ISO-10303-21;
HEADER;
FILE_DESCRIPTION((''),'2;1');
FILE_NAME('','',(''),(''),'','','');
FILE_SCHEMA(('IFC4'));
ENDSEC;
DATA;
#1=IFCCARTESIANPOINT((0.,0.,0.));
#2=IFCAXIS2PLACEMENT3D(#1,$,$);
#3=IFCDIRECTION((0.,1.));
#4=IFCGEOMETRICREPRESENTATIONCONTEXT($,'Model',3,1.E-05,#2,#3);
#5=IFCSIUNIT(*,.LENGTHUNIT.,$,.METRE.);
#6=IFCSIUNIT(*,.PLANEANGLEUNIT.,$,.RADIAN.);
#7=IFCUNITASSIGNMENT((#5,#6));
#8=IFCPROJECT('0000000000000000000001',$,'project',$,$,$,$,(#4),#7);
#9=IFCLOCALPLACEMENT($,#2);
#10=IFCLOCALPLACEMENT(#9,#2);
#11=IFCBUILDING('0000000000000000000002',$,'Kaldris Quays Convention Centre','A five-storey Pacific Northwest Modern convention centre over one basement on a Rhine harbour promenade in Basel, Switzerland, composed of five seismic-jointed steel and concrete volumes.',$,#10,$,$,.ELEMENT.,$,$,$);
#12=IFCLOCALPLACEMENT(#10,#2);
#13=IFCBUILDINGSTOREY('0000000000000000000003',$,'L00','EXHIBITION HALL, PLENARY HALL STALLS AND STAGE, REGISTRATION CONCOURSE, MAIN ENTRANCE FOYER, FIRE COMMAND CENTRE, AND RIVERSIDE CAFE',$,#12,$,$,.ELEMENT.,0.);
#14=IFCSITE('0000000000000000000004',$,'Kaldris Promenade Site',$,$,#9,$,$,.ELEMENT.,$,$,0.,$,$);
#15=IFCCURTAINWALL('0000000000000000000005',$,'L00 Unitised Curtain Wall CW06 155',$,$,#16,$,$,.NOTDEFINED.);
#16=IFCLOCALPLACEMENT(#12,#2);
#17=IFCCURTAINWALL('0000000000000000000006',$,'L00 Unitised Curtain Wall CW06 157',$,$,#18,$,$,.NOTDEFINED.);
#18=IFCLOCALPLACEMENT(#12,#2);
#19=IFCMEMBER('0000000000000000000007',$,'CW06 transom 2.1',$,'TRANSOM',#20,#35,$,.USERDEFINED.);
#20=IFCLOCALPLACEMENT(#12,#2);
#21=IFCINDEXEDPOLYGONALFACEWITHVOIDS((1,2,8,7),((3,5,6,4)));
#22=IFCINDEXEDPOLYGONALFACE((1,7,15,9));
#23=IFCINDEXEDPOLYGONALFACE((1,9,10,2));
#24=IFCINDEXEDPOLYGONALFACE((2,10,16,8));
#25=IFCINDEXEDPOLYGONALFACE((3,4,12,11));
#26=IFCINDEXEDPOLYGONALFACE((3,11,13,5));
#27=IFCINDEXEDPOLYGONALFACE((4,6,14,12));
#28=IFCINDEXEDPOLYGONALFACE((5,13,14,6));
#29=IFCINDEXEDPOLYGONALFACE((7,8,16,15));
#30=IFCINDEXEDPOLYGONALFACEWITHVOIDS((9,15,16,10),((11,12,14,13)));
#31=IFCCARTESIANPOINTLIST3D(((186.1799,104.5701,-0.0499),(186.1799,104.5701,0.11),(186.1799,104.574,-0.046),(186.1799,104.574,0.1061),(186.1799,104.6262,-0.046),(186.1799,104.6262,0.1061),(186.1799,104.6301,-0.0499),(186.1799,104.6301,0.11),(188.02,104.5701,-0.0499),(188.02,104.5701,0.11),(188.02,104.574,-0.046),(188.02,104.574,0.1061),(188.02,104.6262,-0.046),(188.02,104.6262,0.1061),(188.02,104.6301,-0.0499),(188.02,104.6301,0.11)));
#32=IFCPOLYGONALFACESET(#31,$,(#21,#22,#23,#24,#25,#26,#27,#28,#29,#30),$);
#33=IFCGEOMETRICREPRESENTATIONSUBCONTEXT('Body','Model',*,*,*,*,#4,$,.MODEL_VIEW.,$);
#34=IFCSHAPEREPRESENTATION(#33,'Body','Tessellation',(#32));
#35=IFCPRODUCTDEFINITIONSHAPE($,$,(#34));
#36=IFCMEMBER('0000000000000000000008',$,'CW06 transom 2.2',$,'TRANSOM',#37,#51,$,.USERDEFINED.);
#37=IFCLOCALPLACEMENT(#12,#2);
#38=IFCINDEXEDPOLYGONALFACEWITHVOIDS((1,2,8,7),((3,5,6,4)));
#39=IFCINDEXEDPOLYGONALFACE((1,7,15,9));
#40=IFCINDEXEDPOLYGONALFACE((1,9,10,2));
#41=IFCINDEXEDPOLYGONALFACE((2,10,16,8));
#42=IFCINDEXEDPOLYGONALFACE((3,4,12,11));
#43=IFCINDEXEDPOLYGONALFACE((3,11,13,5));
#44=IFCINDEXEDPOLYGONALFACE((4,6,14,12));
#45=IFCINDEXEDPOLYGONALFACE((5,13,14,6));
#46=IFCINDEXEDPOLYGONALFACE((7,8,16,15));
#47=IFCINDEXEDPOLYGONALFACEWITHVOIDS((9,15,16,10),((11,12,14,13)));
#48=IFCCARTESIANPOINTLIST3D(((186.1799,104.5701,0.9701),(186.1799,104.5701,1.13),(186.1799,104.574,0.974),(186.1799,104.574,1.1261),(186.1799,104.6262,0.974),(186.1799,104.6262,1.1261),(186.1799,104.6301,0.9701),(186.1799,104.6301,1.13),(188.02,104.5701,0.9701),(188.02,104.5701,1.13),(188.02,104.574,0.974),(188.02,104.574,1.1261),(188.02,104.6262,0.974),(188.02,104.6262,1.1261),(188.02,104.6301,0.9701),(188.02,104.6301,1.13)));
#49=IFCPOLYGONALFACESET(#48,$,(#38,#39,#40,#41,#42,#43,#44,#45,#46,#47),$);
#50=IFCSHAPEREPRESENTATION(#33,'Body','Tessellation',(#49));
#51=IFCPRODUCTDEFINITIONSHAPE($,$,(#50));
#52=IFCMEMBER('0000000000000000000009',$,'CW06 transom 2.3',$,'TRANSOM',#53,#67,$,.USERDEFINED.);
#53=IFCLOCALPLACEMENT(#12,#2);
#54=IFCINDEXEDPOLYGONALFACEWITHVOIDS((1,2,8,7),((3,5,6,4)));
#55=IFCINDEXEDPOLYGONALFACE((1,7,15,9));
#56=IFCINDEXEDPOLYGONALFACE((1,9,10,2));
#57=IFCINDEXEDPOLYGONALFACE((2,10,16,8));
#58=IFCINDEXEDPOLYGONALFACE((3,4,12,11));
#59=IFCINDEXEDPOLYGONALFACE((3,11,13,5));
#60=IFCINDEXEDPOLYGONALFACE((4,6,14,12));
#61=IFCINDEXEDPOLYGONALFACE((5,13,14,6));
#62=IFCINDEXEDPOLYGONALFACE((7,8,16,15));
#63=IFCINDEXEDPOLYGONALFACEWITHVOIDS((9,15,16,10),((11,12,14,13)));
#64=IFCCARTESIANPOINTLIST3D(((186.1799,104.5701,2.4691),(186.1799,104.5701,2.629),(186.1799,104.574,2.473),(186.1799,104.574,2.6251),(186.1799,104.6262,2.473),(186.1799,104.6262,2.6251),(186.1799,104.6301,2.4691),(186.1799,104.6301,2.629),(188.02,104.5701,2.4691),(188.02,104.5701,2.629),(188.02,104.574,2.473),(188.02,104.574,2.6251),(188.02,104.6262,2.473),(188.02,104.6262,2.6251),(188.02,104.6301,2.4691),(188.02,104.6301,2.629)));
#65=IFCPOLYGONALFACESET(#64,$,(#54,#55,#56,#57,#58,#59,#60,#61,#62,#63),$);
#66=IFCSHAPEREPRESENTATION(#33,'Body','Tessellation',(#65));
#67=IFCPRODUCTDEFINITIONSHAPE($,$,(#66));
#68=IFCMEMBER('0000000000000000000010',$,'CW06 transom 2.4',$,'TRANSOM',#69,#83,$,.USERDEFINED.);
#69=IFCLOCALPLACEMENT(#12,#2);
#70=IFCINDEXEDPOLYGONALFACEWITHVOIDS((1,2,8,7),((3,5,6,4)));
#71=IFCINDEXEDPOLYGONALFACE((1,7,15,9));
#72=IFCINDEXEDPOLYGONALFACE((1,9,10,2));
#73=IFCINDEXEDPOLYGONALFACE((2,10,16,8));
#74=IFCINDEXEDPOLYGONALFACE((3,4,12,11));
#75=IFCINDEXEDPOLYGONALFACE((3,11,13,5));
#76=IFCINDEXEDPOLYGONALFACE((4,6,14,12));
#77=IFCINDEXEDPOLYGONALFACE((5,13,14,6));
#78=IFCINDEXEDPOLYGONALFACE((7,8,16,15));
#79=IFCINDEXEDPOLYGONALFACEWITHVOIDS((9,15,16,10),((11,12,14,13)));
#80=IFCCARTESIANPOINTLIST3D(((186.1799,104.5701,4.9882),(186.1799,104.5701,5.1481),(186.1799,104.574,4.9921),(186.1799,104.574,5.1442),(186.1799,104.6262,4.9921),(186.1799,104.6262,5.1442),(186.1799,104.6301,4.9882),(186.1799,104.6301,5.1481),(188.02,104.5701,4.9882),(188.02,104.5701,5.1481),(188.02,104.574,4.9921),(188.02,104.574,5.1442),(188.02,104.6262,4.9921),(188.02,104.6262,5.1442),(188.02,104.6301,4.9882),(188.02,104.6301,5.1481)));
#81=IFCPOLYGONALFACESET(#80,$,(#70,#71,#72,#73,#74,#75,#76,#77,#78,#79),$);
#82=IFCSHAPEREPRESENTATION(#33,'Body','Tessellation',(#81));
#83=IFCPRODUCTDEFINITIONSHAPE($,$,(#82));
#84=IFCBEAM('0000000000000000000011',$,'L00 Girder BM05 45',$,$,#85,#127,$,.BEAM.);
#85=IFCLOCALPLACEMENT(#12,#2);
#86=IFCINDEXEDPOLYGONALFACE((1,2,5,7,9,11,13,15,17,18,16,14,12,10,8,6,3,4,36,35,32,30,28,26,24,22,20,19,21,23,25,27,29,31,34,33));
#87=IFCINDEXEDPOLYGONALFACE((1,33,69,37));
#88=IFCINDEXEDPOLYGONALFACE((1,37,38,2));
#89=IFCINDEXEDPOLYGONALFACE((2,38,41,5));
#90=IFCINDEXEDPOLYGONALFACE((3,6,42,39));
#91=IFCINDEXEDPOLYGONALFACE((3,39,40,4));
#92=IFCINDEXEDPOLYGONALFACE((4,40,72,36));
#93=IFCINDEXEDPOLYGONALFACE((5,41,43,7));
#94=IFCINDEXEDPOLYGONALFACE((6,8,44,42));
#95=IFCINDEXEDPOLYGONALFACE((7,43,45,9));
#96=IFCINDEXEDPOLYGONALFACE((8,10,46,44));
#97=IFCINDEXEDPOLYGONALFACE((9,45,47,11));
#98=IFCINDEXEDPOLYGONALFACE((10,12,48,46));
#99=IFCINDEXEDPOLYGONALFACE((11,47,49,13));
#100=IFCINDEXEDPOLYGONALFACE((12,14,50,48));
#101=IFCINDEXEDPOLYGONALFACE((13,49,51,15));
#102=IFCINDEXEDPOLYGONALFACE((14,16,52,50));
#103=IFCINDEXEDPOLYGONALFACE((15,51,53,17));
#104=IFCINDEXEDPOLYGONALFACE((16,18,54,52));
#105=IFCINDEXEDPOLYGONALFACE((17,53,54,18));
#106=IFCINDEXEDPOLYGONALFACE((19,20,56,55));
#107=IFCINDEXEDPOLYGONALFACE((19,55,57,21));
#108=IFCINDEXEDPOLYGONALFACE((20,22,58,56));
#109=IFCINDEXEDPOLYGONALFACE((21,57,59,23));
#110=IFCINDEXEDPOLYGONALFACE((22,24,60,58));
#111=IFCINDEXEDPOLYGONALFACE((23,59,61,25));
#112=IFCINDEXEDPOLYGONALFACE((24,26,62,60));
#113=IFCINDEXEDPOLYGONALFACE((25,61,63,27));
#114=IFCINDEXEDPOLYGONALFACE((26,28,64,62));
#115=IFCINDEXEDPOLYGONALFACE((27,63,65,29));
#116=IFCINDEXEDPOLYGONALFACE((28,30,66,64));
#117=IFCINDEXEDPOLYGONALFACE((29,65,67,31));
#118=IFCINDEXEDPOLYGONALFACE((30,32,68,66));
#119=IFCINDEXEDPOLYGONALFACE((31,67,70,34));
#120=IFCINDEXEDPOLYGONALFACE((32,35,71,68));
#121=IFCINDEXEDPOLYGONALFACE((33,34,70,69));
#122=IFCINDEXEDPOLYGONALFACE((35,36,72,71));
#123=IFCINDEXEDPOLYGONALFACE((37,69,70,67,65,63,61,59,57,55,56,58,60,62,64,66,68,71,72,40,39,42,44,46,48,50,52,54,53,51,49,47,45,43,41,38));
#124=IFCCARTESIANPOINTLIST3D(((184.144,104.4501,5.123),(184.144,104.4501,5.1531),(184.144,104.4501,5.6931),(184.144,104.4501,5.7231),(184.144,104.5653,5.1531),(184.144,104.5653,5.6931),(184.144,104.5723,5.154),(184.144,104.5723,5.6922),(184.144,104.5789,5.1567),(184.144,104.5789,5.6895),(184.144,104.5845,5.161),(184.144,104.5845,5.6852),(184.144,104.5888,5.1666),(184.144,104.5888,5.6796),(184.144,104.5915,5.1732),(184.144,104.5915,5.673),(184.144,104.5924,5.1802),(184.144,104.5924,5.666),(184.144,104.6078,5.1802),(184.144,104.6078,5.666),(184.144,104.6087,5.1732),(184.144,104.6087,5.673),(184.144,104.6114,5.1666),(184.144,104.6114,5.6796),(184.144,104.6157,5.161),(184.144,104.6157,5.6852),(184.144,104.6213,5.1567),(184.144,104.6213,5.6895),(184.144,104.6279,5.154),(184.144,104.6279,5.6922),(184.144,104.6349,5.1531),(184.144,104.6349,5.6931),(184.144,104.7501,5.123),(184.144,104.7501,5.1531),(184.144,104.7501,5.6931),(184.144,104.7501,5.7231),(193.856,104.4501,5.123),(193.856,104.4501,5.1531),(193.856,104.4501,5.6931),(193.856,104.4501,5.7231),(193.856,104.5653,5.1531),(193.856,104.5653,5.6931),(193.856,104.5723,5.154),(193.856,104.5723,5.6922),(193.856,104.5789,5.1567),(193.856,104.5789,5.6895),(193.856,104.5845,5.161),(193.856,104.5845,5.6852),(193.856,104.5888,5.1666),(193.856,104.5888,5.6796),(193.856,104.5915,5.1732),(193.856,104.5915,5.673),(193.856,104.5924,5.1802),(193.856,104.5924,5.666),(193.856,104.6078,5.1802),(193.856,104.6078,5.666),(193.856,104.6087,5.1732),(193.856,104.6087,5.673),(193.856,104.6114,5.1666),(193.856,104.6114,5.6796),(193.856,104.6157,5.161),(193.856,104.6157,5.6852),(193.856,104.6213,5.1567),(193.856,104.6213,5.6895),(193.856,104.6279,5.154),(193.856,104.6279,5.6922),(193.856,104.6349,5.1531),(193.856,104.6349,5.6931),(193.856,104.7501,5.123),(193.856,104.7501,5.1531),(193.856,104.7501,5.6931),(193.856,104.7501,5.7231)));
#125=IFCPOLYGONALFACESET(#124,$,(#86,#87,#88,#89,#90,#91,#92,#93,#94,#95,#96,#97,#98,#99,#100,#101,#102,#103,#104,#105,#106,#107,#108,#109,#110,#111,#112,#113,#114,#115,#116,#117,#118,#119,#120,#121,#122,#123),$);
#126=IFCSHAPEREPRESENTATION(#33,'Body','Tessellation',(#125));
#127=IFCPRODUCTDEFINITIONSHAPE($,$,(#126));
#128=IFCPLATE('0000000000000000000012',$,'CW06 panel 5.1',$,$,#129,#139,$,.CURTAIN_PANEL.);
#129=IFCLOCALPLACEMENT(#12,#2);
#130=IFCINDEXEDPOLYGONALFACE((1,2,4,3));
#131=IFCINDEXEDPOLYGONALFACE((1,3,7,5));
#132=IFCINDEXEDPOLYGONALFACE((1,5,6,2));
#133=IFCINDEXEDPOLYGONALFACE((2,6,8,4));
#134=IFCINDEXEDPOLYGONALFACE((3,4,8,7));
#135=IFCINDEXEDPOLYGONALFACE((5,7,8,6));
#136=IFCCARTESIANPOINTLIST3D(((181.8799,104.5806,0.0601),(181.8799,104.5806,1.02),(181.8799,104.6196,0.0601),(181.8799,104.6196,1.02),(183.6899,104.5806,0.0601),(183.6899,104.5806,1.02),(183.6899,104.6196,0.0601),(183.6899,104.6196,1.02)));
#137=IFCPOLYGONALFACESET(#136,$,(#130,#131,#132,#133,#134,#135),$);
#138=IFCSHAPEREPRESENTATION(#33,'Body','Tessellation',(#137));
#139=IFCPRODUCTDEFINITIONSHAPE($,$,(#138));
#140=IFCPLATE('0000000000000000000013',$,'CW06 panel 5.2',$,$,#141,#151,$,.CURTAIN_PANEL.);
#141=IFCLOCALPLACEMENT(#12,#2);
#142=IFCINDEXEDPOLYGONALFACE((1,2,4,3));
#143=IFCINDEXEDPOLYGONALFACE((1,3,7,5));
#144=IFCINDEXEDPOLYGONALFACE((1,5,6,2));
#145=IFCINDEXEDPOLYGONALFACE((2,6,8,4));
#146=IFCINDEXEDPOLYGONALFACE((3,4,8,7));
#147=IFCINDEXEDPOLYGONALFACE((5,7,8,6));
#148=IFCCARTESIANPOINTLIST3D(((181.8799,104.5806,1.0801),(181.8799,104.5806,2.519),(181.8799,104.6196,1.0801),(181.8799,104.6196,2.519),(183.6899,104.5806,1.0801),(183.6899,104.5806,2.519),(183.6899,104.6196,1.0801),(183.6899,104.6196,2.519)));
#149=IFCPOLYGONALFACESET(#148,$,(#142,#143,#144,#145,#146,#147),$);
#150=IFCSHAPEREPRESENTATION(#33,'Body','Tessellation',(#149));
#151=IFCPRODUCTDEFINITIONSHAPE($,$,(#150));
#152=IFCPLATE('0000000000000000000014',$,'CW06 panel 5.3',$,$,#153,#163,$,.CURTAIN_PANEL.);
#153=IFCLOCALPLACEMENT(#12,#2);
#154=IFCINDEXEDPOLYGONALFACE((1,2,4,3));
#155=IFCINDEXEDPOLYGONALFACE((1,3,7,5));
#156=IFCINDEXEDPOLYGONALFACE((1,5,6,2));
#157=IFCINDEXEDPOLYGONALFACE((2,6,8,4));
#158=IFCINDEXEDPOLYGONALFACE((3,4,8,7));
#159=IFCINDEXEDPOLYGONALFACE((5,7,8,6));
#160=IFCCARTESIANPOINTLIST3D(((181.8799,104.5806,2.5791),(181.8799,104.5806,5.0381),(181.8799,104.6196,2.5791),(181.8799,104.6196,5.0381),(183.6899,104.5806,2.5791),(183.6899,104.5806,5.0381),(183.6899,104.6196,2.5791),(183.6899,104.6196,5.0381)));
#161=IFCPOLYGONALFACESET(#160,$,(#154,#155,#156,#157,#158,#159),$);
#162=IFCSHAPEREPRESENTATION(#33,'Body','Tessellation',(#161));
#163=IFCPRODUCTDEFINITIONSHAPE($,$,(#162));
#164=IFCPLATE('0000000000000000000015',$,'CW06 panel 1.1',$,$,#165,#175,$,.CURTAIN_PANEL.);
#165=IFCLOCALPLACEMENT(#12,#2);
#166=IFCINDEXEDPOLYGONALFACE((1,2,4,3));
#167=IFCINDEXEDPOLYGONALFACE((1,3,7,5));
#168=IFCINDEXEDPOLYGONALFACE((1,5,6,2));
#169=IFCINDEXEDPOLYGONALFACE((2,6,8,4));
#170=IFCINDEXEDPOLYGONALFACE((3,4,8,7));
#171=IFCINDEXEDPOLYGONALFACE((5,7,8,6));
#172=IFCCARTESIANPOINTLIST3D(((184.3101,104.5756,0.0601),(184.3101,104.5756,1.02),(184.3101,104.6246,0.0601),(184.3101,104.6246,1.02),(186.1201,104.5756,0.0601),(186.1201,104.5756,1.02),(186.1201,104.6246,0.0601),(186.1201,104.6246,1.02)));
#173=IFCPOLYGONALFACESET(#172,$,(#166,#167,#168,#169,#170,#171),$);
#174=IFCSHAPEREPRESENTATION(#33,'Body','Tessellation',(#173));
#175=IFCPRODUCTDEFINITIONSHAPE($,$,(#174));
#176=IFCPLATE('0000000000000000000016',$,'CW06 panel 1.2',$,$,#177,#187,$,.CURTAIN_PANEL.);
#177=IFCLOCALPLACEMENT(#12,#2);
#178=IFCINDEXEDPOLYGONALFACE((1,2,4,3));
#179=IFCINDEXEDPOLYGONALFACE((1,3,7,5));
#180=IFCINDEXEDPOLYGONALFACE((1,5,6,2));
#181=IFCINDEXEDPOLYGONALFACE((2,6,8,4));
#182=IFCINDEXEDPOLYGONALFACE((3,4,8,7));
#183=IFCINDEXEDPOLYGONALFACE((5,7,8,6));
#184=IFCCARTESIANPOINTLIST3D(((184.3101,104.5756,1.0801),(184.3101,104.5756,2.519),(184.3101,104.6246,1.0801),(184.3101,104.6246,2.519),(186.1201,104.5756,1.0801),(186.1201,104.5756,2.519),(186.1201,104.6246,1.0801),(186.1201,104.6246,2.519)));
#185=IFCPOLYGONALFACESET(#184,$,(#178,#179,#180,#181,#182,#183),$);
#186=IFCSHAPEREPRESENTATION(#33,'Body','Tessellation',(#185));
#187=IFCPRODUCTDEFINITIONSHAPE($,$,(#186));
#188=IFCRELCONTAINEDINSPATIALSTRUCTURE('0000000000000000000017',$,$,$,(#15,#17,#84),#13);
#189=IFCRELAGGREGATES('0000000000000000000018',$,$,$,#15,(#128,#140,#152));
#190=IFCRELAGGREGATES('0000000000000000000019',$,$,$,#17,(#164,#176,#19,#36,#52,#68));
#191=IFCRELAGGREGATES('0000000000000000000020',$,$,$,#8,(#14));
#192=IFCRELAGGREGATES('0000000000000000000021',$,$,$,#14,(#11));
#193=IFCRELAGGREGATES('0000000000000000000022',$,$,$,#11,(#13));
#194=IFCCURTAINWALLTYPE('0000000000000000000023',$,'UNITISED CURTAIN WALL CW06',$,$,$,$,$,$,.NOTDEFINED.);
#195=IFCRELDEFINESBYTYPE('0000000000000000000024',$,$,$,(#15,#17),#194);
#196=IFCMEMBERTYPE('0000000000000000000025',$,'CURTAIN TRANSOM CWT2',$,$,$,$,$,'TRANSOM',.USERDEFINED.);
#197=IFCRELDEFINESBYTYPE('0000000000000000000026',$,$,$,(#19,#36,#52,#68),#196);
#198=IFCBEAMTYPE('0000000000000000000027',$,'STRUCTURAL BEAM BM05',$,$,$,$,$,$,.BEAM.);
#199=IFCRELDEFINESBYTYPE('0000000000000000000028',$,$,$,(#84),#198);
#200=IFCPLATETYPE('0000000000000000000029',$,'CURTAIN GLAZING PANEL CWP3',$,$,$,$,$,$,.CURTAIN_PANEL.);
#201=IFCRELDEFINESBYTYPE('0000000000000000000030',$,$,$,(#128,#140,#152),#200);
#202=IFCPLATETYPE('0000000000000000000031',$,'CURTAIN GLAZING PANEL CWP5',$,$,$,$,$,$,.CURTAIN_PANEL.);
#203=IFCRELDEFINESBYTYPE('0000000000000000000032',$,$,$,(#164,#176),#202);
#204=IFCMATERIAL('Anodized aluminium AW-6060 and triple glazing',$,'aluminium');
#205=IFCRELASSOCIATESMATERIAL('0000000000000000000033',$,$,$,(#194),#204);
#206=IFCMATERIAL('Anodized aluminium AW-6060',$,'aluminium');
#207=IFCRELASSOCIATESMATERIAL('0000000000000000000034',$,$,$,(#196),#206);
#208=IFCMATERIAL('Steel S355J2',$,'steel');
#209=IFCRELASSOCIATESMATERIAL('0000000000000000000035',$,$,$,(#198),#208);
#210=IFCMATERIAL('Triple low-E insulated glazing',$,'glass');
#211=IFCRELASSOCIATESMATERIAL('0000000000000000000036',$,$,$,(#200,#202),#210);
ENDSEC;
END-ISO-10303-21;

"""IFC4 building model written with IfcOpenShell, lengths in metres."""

from ifc_helpers import new_model, si_unit, direction, frame, origin, origin_2d, place, context, subcontext, project, spatial, rectangle, hollow_rectangle, i_section, extrude, material, material_profile, profile_set, type_object, element, aggregate, save


model = new_model("IFC4")

# Units and contexts
model_context = context("Model", 3, precision=1e-05, world=origin(), true_north=direction((0.0, 1.0)))
body_context = subcontext(model_context, "Body", "Model", "MODEL_VIEW")
ifc_project = project(units=[si_unit("LENGTHUNIT", "METRE"), si_unit("PLANEANGLEUNIT", "RADIAN")], contexts=[model_context])

# Site, building, storey
site_placement = place(None, origin())
site = spatial("IfcSite", under=ifc_project, at=site_placement, Name="Kaldris Promenade Site", CompositionType="ELEMENT", RefElevation=0.0)
building_placement = place(site_placement, origin())
building = spatial("IfcBuilding", under=site, at=building_placement, Name="Kaldris Quays Convention Centre", Description="A five-storey Pacific Northwest Modern convention centre over one basement on a Rhine harbour promenade in Basel, Switzerland, composed of five seismic-jointed steel and concrete volumes.", CompositionType="ELEMENT")
storey_placement = place(building_placement, origin())
storey = spatial("IfcBuildingStorey", under=building, at=storey_placement, Name="L00", Description="EXHIBITION HALL, PLENARY HALL STALLS AND STAGE, REGISTRATION CONCOURSE, MAIN ENTRANCE FOYER, FIRE COMMAND CENTRE, AND RIVERSIDE CAFE", CompositionType="ELEMENT", Elevation=0.0)

# Shared definitions
ifc_material_1 = material(Name="Steel S355J2", Category="steel")

# Curtain wall
ifc_material_2 = material(Name="Anodized aluminium AW-6060 and triple glazing", Category="aluminium")
curtain_wall_type = type_object("IfcCurtainWallType", Name="UNITISED CURTAIN WALL CW06", PredefinedType="NOTDEFINED", material=ifc_material_2)
curtain_wall_1_placement = place(storey_placement, origin())
curtain_wall_1 = element("IfcCurtainWall", 1, at=curtain_wall_1_placement, inside=storey, type_object=curtain_wall_type, Name="L00 Unitised Curtain Wall CW06 155", PredefinedType="NOTDEFINED")
ifc_material_3 = material(Name="Anodized aluminium AW-6060", Category="aluminium")

# Curtain wall, members
curtain_wall_2_placement = place(storey_placement, origin())
curtain_wall_2 = element("IfcCurtainWall", 2, at=curtain_wall_2_placement, inside=storey, type_object=curtain_wall_type, Name="L00 Unitised Curtain Wall CW06 157", PredefinedType="NOTDEFINED")
ifc_material_profile_1 = material_profile(ifc_material_3, hollow_rectangle(XDim=0.0601, YDim=0.1599, WallThickness=0.0039, at=origin_2d()), Name="RHS 160x60x4")
ifc_profile_set_1 = profile_set([ifc_material_profile_1], Name="Anodized aluminium AW-6060")
member_type_1 = type_object("IfcMemberType", Name="CURTAIN TRANSOM CWT2", ElementType="TRANSOM", PredefinedType="USERDEFINED", material=ifc_profile_set_1)
member_1_placement = place(storey_placement, frame((186.1799, 104.6001, 0.03), z_axis=(1.0, 0.0, 0.0), x_axis=(0.0, 1.0, 0.0)))
member_1 = element("IfcMember", 3, at=member_1_placement, type_object=member_type_1, Name="CW06 transom 2.1", ObjectType="TRANSOM", PredefinedType="USERDEFINED", context=body_context, shape_type="SweptSolid", body=[
    extrude(hollow_rectangle(XDim=0.0601, YDim=0.1599, WallThickness=0.0039, at=origin_2d()), origin(), (0.0, 0.0, 1.0), 1.8401),
])
member_2_placement = place(storey_placement, frame((186.1799, 104.6001, 1.05), z_axis=(1.0, 0.0, 0.0), x_axis=(0.0, 1.0, 0.0)))
member_2 = element("IfcMember", 4, at=member_2_placement, type_object=member_type_1, Name="CW06 transom 2.2", ObjectType="TRANSOM", PredefinedType="USERDEFINED", context=body_context, shape_type="SweptSolid", body=[
    extrude(hollow_rectangle(XDim=0.0601, YDim=0.1599, WallThickness=0.0039, at=origin_2d()), origin(), (0.0, 0.0, 1.0), 1.8401),
])
member_3_placement = place(storey_placement, frame((186.1799, 104.6001, 2.5491), z_axis=(1.0, 0.0, 0.0), x_axis=(0.0, 1.0, 0.0)))
member_3 = element("IfcMember", 5, at=member_3_placement, type_object=member_type_1, Name="CW06 transom 2.3", ObjectType="TRANSOM", PredefinedType="USERDEFINED", context=body_context, shape_type="SweptSolid", body=[
    extrude(hollow_rectangle(XDim=0.0601, YDim=0.1599, WallThickness=0.0039, at=origin_2d()), origin(), (0.0, 0.0, 1.0), 1.8401),
])
member_4_placement = place(storey_placement, frame((186.1799, 104.6001, 5.0681), z_axis=(1.0, 0.0, 0.0), x_axis=(0.0, 1.0, 0.0)))
member_4 = element("IfcMember", 6, at=member_4_placement, type_object=member_type_1, Name="CW06 transom 2.4", ObjectType="TRANSOM", PredefinedType="USERDEFINED", context=body_context, shape_type="SweptSolid", body=[
    extrude(hollow_rectangle(XDim=0.0601, YDim=0.1599, WallThickness=0.0039, at=origin_2d()), origin(), (0.0, 0.0, 1.0), 1.8401),
])

# Beam
ifc_material_profile_2 = material_profile(ifc_material_1, i_section(OverallWidth=0.3, OverallDepth=0.6001, WebThickness=0.0154, FlangeThickness=0.03, FilletRadius=0.0271, at=origin_2d()), Name="HEB 600")
ifc_profile_set_2 = profile_set([ifc_material_profile_2], Name="Steel S355J2")
beam_type = type_object("IfcBeamType", Name="STRUCTURAL BEAM BM05", PredefinedType="BEAM", material=ifc_profile_set_2)
beam_placement = place(storey_placement, frame((184.144, 104.6001, 5.4231), z_axis=(1.0, 0.0, 0.0), x_axis=(0.0, 1.0, 0.0)))
element("IfcBeam", 7, at=beam_placement, inside=storey, type_object=beam_type, Name="L00 Girder BM05 45", PredefinedType="BEAM", context=body_context, shape_type="SweptSolid", body=[
    extrude(i_section(OverallWidth=0.3, OverallDepth=0.6001, WebThickness=0.0154, FlangeThickness=0.03, FilletRadius=0.0271, at=origin_2d()), origin(), (0.0, 0.0, 1.0), 9.7119),
])

# Plates
ifc_material_4 = material(Name="Triple low-E insulated glazing", Category="glass")
plate_type_1 = type_object("IfcPlateType", Name="CURTAIN GLAZING PANEL CWP3", PredefinedType="CURTAIN_PANEL", material=ifc_material_4)
plate_1_placement = place(storey_placement, frame((182.7849, 104.6001, 0.0601), z_axis=(0.0, 0.0, 1.0), x_axis=(1.0, 0.0, 0.0)))
plate_1 = element("IfcPlate", 8, at=plate_1_placement, type_object=plate_type_1, Name="CW06 panel 5.1", PredefinedType="CURTAIN_PANEL", context=body_context, shape_type="SweptSolid", body=[
    extrude(rectangle(XDim=1.8101, YDim=0.0391, at=origin_2d()), origin(), (0.0, 0.0, 1.0), 0.96),
])
plate_2_placement = place(storey_placement, frame((182.7849, 104.6001, 1.0801), z_axis=(0.0, 0.0, 1.0), x_axis=(1.0, 0.0, 0.0)))
plate_2 = element("IfcPlate", 9, at=plate_2_placement, type_object=plate_type_1, Name="CW06 panel 5.2", PredefinedType="CURTAIN_PANEL", context=body_context, shape_type="SweptSolid", body=[
    extrude(rectangle(XDim=1.8101, YDim=0.0391, at=origin_2d()), origin(), (0.0, 0.0, 1.0), 1.439),
])
plate_3_placement = place(storey_placement, frame((182.7849, 104.6001, 2.5791), z_axis=(0.0, 0.0, 1.0), x_axis=(1.0, 0.0, 0.0)))
plate_3 = element("IfcPlate", 10, at=plate_3_placement, type_object=plate_type_1, Name="CW06 panel 5.3", PredefinedType="CURTAIN_PANEL", context=body_context, shape_type="SweptSolid", body=[
    extrude(rectangle(XDim=1.8101, YDim=0.0391, at=origin_2d()), origin(), (0.0, 0.0, 1.0), 2.459),
])
aggregate(curtain_wall_1, [plate_1, plate_2, plate_3])
plate_type_2 = type_object("IfcPlateType", Name="CURTAIN GLAZING PANEL CWP5", PredefinedType="CURTAIN_PANEL", material=ifc_material_4)
plate_4_placement = place(storey_placement, frame((185.2151, 104.6001, 0.0601), z_axis=(0.0, 0.0, 1.0), x_axis=(1.0, 0.0, 0.0)))
plate_4 = element("IfcPlate", 11, at=plate_4_placement, type_object=plate_type_2, Name="CW06 panel 1.1", PredefinedType="CURTAIN_PANEL", context=body_context, shape_type="SweptSolid", body=[
    extrude(rectangle(XDim=1.8101, YDim=0.0491, at=origin_2d()), origin(), (0.0, 0.0, 1.0), 0.96),
])
plate_5_placement = place(storey_placement, frame((185.2151, 104.6001, 1.0801), z_axis=(0.0, 0.0, 1.0), x_axis=(1.0, 0.0, 0.0)))
plate_5 = element("IfcPlate", 12, at=plate_5_placement, type_object=plate_type_2, Name="CW06 panel 1.2", PredefinedType="CURTAIN_PANEL", context=body_context, shape_type="SweptSolid", body=[
    extrude(rectangle(XDim=1.8101, YDim=0.0491, at=origin_2d()), origin(), (0.0, 0.0, 1.0), 1.439),
])
aggregate(curtain_wall_2, [plate_4, plate_5, member_1, member_2, member_3, member_4])

save(model, "model.ifc")
